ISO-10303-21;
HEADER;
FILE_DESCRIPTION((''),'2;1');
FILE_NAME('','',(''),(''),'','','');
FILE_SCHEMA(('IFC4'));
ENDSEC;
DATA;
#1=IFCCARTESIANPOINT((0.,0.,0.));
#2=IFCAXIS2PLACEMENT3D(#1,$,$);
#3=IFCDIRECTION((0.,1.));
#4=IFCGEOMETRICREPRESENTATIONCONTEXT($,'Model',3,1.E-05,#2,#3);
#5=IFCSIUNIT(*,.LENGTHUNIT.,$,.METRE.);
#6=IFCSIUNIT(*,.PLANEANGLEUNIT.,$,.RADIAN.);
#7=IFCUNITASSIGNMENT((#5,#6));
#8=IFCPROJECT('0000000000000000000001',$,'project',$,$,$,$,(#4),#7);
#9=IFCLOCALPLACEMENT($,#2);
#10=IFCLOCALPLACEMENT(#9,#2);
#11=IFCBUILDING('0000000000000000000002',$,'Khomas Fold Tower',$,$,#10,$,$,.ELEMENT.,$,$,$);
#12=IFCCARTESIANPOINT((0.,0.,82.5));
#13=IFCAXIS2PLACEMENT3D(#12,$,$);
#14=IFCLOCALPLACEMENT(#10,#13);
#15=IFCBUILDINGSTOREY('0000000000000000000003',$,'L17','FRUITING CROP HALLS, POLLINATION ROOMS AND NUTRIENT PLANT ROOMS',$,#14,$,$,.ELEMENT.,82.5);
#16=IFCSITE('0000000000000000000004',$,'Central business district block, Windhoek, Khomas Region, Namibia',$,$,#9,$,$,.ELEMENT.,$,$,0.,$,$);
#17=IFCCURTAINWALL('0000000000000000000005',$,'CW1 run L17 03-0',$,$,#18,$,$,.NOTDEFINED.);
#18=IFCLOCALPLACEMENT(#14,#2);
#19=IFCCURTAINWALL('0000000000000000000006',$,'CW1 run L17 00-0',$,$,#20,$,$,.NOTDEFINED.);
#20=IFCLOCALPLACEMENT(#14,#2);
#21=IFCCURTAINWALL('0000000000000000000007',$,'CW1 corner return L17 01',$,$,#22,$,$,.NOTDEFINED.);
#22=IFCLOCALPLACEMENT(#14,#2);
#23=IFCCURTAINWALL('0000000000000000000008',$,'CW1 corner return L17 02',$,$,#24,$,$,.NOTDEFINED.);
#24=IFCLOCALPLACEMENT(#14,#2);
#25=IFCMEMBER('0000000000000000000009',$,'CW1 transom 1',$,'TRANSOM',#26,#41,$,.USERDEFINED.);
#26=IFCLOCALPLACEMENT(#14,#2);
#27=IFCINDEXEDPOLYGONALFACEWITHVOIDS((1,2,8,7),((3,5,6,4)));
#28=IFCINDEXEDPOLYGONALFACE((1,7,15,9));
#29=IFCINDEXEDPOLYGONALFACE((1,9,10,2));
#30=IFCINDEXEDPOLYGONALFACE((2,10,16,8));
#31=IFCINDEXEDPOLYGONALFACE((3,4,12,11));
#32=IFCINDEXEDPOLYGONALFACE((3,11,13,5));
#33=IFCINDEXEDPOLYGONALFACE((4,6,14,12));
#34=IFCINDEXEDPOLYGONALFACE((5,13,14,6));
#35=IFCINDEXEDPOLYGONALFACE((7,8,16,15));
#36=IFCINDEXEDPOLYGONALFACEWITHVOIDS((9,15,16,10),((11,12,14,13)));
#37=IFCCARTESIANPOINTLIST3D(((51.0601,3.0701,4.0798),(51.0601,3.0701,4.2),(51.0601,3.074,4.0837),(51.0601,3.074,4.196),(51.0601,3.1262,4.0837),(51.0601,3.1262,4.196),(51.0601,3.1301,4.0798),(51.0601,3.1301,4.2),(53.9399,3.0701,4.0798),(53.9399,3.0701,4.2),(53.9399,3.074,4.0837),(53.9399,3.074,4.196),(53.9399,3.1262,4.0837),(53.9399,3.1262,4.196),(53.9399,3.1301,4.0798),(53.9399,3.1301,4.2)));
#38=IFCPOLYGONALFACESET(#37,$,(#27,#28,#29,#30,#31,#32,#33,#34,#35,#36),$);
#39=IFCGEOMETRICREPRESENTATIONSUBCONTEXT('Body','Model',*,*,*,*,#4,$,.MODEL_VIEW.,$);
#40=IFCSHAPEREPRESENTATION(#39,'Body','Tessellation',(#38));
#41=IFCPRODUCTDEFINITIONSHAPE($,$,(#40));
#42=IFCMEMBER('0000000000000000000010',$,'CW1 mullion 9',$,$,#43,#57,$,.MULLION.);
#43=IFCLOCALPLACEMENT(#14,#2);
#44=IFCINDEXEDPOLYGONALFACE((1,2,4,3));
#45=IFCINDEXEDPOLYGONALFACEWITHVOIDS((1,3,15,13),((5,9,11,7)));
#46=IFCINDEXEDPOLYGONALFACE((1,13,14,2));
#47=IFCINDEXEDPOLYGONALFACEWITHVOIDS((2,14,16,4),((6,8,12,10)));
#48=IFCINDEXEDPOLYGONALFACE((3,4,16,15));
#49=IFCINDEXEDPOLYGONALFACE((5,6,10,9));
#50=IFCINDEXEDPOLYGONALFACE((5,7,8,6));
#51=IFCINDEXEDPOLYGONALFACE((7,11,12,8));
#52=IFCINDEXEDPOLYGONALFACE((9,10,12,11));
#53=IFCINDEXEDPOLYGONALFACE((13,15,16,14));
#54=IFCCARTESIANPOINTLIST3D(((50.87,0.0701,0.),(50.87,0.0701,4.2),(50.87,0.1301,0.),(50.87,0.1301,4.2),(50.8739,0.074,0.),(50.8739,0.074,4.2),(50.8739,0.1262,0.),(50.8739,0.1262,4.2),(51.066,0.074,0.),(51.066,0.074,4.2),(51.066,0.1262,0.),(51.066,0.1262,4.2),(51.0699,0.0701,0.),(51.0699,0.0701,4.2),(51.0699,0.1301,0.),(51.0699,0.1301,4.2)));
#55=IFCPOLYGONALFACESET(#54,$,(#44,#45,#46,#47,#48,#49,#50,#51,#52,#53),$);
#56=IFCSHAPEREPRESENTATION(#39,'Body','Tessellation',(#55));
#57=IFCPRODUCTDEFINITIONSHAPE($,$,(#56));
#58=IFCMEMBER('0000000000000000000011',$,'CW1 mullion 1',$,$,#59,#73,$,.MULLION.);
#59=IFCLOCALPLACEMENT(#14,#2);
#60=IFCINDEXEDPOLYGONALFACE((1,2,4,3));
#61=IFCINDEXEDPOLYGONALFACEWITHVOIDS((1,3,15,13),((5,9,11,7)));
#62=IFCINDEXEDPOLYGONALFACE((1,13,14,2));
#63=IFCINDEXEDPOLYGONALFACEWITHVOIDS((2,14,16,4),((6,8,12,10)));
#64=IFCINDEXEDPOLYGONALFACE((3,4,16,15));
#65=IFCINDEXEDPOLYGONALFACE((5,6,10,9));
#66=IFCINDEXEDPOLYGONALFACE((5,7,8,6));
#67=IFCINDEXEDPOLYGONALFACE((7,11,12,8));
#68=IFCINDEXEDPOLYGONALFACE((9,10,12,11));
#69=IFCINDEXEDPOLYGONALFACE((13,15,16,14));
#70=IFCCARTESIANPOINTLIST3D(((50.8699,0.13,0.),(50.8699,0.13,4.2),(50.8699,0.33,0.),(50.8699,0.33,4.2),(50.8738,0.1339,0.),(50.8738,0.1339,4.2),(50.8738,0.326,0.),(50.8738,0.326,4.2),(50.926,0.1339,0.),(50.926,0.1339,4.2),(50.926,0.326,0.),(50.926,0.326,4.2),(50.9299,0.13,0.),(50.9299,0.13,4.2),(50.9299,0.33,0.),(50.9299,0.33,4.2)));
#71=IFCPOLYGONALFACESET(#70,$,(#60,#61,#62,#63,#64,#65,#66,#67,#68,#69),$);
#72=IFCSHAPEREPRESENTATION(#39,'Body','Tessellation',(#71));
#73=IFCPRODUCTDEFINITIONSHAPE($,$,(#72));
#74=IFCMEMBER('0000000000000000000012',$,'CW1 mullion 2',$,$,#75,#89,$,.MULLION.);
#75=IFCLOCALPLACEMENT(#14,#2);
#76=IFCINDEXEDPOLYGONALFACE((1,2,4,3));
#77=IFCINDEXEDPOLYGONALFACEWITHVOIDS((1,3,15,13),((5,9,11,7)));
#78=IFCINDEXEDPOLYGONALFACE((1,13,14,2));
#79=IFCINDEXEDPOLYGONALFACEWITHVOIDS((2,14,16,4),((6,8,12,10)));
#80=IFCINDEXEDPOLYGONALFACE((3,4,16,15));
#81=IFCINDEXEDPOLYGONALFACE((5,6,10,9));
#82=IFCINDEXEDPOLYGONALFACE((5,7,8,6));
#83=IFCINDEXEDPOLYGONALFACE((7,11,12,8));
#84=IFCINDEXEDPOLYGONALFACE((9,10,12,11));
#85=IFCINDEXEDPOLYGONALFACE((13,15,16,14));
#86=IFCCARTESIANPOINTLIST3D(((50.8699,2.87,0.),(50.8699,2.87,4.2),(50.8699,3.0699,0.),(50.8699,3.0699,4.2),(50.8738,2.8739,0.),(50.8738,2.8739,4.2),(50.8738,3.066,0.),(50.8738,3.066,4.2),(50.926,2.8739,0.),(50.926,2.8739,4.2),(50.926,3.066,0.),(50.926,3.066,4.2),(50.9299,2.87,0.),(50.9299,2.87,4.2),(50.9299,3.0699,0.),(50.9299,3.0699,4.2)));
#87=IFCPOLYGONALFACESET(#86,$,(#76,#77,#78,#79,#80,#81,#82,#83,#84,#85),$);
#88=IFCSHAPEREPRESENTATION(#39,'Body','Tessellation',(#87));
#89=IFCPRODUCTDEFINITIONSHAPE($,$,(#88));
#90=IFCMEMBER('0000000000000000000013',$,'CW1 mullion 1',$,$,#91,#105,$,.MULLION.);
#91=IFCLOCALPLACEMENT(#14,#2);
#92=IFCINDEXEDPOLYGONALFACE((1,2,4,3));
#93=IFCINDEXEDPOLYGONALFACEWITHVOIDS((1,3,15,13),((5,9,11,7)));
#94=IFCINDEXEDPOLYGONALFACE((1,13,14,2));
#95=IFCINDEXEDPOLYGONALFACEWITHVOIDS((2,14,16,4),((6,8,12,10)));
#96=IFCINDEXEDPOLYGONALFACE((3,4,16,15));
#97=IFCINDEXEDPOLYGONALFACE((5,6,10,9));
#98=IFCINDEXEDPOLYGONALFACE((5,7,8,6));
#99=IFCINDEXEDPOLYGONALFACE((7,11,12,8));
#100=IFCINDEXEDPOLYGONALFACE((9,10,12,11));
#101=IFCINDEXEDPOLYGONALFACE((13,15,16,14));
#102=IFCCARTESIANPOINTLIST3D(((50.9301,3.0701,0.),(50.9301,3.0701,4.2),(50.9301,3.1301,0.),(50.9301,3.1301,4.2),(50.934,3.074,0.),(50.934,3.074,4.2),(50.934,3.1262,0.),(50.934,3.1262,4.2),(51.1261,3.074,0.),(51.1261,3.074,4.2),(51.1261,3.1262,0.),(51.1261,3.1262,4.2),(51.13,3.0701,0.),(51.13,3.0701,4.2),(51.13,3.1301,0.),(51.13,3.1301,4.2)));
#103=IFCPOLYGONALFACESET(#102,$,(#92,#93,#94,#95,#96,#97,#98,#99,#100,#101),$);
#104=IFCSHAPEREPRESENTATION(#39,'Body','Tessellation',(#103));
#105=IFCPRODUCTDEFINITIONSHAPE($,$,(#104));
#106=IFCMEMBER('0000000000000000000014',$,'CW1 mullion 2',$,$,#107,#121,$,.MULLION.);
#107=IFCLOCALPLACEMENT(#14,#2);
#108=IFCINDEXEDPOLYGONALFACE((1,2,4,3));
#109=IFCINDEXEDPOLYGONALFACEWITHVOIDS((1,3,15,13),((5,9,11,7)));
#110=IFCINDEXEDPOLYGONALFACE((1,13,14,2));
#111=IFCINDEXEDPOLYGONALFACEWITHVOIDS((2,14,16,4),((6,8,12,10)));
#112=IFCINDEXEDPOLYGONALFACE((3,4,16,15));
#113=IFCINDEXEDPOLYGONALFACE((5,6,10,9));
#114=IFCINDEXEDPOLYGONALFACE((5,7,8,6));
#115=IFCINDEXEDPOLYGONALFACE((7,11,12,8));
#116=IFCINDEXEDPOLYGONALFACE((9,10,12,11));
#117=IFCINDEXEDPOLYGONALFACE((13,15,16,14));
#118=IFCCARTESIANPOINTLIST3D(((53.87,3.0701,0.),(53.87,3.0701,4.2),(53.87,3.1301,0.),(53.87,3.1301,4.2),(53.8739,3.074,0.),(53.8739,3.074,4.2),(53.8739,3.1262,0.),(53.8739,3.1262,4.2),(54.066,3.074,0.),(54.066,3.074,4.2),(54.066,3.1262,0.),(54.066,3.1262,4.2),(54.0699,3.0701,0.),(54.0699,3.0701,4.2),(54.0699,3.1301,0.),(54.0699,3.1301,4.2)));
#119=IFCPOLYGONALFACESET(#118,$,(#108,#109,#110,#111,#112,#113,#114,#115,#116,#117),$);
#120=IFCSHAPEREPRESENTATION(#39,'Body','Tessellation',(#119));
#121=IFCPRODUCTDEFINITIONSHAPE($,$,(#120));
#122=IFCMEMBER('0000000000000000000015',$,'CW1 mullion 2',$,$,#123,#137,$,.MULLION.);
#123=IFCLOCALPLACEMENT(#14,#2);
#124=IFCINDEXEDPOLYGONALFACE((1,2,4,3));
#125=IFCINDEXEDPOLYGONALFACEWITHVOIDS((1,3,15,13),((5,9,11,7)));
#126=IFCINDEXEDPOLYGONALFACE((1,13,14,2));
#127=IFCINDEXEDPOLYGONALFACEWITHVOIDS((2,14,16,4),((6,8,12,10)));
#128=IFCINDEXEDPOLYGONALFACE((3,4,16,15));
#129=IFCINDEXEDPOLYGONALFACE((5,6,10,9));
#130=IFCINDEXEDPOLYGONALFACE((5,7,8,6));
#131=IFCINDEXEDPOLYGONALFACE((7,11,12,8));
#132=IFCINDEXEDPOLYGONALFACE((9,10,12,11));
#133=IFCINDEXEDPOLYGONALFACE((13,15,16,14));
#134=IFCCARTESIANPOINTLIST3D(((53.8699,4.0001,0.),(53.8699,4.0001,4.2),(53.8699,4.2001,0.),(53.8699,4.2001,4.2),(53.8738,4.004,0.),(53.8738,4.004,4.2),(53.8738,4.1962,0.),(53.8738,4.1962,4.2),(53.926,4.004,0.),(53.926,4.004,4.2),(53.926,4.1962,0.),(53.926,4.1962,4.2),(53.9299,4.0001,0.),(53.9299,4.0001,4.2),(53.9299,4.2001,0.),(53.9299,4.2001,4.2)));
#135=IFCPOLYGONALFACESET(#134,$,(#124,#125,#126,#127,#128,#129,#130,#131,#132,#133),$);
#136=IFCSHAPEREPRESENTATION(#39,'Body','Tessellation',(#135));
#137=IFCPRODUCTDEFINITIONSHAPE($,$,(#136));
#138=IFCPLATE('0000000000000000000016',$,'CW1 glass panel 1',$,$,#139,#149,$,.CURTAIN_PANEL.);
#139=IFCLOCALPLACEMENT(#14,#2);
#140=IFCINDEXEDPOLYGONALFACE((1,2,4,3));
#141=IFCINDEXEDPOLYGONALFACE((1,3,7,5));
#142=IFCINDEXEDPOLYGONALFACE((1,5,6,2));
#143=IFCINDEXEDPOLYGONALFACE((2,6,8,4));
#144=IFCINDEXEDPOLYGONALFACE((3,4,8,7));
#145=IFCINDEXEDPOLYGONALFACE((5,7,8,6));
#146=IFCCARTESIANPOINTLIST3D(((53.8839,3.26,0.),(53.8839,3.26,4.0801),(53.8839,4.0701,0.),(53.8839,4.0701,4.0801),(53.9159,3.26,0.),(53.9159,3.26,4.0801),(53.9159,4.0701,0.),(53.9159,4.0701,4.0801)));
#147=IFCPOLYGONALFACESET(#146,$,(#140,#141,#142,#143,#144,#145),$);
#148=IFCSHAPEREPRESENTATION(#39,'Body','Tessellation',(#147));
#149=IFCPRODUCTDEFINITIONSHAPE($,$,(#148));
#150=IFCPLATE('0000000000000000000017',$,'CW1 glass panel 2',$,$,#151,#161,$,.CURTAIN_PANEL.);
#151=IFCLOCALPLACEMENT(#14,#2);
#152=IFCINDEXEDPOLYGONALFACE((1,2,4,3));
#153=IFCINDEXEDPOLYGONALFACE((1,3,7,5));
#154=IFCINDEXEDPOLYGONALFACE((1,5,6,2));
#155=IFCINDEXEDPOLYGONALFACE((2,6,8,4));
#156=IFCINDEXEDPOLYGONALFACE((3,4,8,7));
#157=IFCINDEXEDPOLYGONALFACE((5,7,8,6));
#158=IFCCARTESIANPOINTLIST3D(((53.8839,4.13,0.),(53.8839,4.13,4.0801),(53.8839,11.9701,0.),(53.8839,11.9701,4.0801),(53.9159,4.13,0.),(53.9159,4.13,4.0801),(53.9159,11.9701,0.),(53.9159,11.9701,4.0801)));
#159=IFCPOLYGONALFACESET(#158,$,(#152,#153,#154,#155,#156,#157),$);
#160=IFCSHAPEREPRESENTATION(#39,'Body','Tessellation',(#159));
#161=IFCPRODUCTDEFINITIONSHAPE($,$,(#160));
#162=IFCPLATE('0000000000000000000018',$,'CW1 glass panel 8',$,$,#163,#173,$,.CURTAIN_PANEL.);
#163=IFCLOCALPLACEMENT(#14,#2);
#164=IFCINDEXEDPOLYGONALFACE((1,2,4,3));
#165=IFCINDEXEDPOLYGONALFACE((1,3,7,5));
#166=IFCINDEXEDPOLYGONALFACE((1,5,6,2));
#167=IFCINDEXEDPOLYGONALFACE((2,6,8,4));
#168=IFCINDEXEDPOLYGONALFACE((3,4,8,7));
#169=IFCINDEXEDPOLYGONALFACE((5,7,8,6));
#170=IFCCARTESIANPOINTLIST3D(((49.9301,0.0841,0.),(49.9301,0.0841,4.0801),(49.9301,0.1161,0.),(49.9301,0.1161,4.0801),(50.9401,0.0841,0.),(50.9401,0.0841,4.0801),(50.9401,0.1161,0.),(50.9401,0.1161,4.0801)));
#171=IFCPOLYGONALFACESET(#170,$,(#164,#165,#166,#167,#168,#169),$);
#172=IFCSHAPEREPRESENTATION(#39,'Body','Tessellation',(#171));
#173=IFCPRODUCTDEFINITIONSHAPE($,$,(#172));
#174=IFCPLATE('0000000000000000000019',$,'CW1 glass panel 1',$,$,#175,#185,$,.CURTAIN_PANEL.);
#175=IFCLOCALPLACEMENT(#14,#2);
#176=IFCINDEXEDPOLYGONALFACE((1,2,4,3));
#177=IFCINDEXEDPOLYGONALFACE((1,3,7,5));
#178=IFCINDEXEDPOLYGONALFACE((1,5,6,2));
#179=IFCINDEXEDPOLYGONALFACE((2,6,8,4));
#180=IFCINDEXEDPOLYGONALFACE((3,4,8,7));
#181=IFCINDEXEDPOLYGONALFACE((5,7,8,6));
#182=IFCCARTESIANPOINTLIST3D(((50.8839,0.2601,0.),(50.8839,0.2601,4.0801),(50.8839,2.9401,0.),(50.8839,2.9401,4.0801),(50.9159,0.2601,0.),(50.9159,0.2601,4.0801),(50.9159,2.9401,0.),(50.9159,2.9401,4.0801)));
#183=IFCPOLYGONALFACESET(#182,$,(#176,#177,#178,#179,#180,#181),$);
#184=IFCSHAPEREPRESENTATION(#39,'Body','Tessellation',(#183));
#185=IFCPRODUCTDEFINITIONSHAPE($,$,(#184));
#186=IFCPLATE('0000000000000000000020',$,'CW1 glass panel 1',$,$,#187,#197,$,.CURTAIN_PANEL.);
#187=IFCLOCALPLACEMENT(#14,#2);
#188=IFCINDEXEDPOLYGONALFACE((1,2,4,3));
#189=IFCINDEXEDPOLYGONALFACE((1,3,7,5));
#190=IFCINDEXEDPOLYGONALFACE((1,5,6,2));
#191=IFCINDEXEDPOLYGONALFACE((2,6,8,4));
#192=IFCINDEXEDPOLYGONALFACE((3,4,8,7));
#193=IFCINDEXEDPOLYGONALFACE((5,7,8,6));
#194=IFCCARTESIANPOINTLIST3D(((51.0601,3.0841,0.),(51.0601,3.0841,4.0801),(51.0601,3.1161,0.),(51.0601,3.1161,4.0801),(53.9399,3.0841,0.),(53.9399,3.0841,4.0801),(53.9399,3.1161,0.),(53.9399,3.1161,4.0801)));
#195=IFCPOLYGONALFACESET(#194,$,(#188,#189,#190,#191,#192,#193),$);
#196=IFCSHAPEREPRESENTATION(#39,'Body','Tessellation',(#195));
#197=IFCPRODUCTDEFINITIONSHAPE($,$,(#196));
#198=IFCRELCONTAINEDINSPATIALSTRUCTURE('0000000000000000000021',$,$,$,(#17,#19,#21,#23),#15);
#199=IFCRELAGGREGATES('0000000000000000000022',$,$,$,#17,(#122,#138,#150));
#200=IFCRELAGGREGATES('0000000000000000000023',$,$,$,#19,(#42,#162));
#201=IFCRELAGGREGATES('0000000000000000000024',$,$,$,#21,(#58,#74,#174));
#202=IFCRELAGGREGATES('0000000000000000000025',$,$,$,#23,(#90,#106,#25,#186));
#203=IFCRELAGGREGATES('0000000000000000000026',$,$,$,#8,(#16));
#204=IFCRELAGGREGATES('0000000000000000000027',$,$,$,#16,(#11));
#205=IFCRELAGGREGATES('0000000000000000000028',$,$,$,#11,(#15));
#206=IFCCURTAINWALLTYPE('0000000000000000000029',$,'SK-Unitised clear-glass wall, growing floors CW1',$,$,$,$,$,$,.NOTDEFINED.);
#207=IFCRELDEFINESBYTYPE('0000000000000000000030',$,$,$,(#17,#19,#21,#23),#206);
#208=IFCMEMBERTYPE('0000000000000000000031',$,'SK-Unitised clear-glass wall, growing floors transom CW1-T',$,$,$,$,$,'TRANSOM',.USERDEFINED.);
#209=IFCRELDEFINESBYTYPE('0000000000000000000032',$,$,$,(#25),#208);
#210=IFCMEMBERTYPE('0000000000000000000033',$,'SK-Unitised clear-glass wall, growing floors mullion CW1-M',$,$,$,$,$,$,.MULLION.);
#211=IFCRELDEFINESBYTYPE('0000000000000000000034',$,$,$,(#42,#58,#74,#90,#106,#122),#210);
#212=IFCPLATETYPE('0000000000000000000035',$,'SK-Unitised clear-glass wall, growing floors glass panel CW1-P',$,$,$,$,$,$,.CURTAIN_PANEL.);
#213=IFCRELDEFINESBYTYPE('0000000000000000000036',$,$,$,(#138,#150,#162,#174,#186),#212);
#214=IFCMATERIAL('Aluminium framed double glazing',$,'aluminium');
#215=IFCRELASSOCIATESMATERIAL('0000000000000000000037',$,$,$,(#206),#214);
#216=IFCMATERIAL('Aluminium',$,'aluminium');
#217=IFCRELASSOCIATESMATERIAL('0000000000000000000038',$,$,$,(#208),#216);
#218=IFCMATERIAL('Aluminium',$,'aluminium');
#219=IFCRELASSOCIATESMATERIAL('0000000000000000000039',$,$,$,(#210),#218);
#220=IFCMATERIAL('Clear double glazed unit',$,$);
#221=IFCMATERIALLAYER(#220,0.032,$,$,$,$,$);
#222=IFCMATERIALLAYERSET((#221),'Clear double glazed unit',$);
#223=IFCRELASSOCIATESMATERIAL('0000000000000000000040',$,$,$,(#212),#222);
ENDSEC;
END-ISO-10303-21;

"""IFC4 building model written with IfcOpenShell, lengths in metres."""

from ifc_helpers import new_model, si_unit, direction, frame, origin, origin_2d, place, context, subcontext, project, spatial, rectangle, hollow_rectangle, extrude, source, transform, mapped, material, layer, layer_set, material_profile, profile_set, type_object, element, aggregate, save


model = new_model("IFC4")

# Units and contexts
model_context = context("Model", 3, precision=1e-05, world=origin(), true_north=direction((0.0, 1.0)))
body_context = subcontext(model_context, "Body", "Model", "MODEL_VIEW")
ifc_project = project(units=[si_unit("LENGTHUNIT", "METRE"), si_unit("PLANEANGLEUNIT", "RADIAN")], contexts=[model_context])

# Site, building, storey
site_placement = place(None, origin())
site = spatial("IfcSite", under=ifc_project, at=site_placement, Name="Central business district block, Windhoek, Khomas Region, Namibia", CompositionType="ELEMENT", RefElevation=0.0)
building_placement = place(site_placement, origin())
building = spatial("IfcBuilding", under=site, at=building_placement, Name="Khomas Fold Tower", CompositionType="ELEMENT")
storey_placement = place(building_placement, frame((0.0, 0.0, 82.5)))
storey = spatial("IfcBuildingStorey", under=building, at=storey_placement, Name="L17", Description="FRUITING CROP HALLS, POLLINATION ROOMS AND NUTRIENT PLANT ROOMS", CompositionType="ELEMENT", Elevation=82.5)

# Curtain wall
ifc_material_1 = material(Name="Aluminium framed double glazing", Category="aluminium")
curtain_wall_type = type_object("IfcCurtainWallType", Name="SK-Unitised clear-glass wall, growing floors CW1", PredefinedType="NOTDEFINED", material=ifc_material_1)
curtain_wall_1_placement = place(storey_placement, origin())
curtain_wall_1 = element("IfcCurtainWall", 1, at=curtain_wall_1_placement, inside=storey, type_object=curtain_wall_type, Name="CW1 run L17 03-0", PredefinedType="NOTDEFINED")
ifc_material_2 = material(Name="Aluminium", Category="aluminium")
ifc_material_profile_1 = material_profile(ifc_material_2, hollow_rectangle(XDim=0.0601, YDim=0.1201, WallThickness=0.0039, at=origin_2d()), Name="SK-Unitised clear-glass wall, growing floors transom CW1-T")
ifc_profile_set_1 = profile_set([ifc_material_profile_1], Name="Aluminium")
member_type_1 = type_object("IfcMemberType", Name="SK-Unitised clear-glass wall, growing floors transom CW1-T", ElementType="TRANSOM", PredefinedType="USERDEFINED", material=ifc_profile_set_1)

# Curtain walls, member
curtain_wall_2_placement = place(storey_placement, origin())
curtain_wall_2 = element("IfcCurtainWall", 2, at=curtain_wall_2_placement, inside=storey, type_object=curtain_wall_type, Name="CW1 run L17 00-0", PredefinedType="NOTDEFINED")
curtain_wall_3_placement = place(storey_placement, origin())
curtain_wall_3 = element("IfcCurtainWall", 3, at=curtain_wall_3_placement, inside=storey, type_object=curtain_wall_type, Name="CW1 corner return L17 01", PredefinedType="NOTDEFINED")
curtain_wall_4_placement = place(storey_placement, origin())
curtain_wall_4 = element("IfcCurtainWall", 4, at=curtain_wall_4_placement, inside=storey, type_object=curtain_wall_type, Name="CW1 corner return L17 02", PredefinedType="NOTDEFINED")
shared_shape_1 = source(origin(), body_context, "Body", "SweptSolid", [
    extrude(hollow_rectangle(XDim=0.0601, YDim=0.1201, WallThickness=0.0039, at=origin_2d()), origin(), (0.0, 0.0, 1.0), 2.8799),
])
member_1_placement = place(storey_placement, frame((51.0601, 3.1001, 4.1399), z_axis=(1.0, 0.0, 0.0), x_axis=(0.0, 1.0, 0.0)))
member_1 = element("IfcMember", 5, at=member_1_placement, type_object=member_type_1, Name="CW1 transom 1", ObjectType="TRANSOM", PredefinedType="USERDEFINED", context=body_context, shape_type="MappedRepresentation", body=[
    mapped(shared_shape_1, transform((0.0, 0.0, 0.0))),
])

# Members
ifc_material_3 = material(Name="Aluminium", Category="aluminium")
ifc_material_profile_2 = material_profile(ifc_material_3, hollow_rectangle(XDim=0.0601, YDim=0.2, WallThickness=0.0039, at=origin_2d()), Name="SK-Unitised clear-glass wall, growing floors mullion CW1-M")
ifc_profile_set_2 = profile_set([ifc_material_profile_2], Name="Aluminium")
member_type_2 = type_object("IfcMemberType", Name="SK-Unitised clear-glass wall, growing floors mullion CW1-M", PredefinedType="MULLION", material=ifc_profile_set_2)
shared_shape_2 = source(origin(), body_context, "Body", "SweptSolid", [
    extrude(hollow_rectangle(XDim=0.0601, YDim=0.2, WallThickness=0.0039, at=origin_2d()), origin(), (0.0, 0.0, 1.0), 4.2),
])
member_2_placement = place(storey_placement, frame((50.97, 0.1001, 0.0), z_axis=(0.0, 0.0, 1.0), x_axis=(0.0, 1.0, 0.0)))
member_2 = element("IfcMember", 6, at=member_2_placement, type_object=member_type_2, Name="CW1 mullion 9", PredefinedType="MULLION", context=body_context, shape_type="MappedRepresentation", body=[
    mapped(shared_shape_2, transform((0.0, 0.0, 0.0))),
])
member_3_placement = place(storey_placement, frame((50.8999, 0.23, 0.0), z_axis=(0.0, 0.0, 1.0), x_axis=(-1.0, 0.0, 0.0)))
member_3 = element("IfcMember", 7, at=member_3_placement, type_object=member_type_2, Name="CW1 mullion 1", PredefinedType="MULLION", context=body_context, shape_type="MappedRepresentation", body=[
    mapped(shared_shape_2, transform((0.0, 0.0, 0.0))),
])
member_4_placement = place(storey_placement, frame((50.8999, 2.97, 0.0), z_axis=(0.0, 0.0, 1.0), x_axis=(-1.0, 0.0, 0.0)))
member_4 = element("IfcMember", 8, at=member_4_placement, type_object=member_type_2, Name="CW1 mullion 2", PredefinedType="MULLION", context=body_context, shape_type="MappedRepresentation", body=[
    mapped(shared_shape_2, transform((0.0, 0.0, 0.0))),
])
member_5_placement = place(storey_placement, frame((51.03, 3.1001, 0.0), z_axis=(0.0, 0.0, 1.0), x_axis=(0.0, 1.0, 0.0)))
member_5 = element("IfcMember", 9, at=member_5_placement, type_object=member_type_2, Name="CW1 mullion 1", PredefinedType="MULLION", context=body_context, shape_type="MappedRepresentation", body=[
    mapped(shared_shape_2, transform((0.0, 0.0, 0.0))),
])
member_6_placement = place(storey_placement, frame((53.97, 3.1001, 0.0), z_axis=(0.0, 0.0, 1.0), x_axis=(0.0, 1.0, 0.0)))
member_6 = element("IfcMember", 10, at=member_6_placement, type_object=member_type_2, Name="CW1 mullion 2", PredefinedType="MULLION", context=body_context, shape_type="MappedRepresentation", body=[
    mapped(shared_shape_2, transform((0.0, 0.0, 0.0))),
])
member_7_placement = place(storey_placement, frame((53.8999, 4.1001, 0.0), z_axis=(0.0, 0.0, 1.0), x_axis=(-1.0, 0.0, 0.0)))
member_7 = element("IfcMember", 11, at=member_7_placement, type_object=member_type_2, Name="CW1 mullion 2", PredefinedType="MULLION", context=body_context, shape_type="MappedRepresentation", body=[
    mapped(shared_shape_2, transform((0.0, 0.0, 0.0))),
])

# Plates
ifc_material_4 = material(Name="Clear double glazed unit")
ifc_layer = layer(ifc_material_4, 0.032)
ifc_layer_set = layer_set([ifc_layer], Name="Clear double glazed unit")
plate_type = type_object("IfcPlateType", Name="SK-Unitised clear-glass wall, growing floors glass panel CW1-P", PredefinedType="CURTAIN_PANEL", material=ifc_layer_set)
shared_shape_3 = source(origin(), body_context, "Body", "SweptSolid", [
    extrude(rectangle(XDim=0.8101, YDim=0.032, at=origin_2d()), origin(), (0.0, 0.0, 1.0), 4.0801),
])
plate_1_placement = place(storey_placement, frame((53.8999, 3.665, 0.0), z_axis=(0.0, 0.0, 1.0), x_axis=(0.0, 1.0, 0.0)))
plate_1 = element("IfcPlate", 12, at=plate_1_placement, type_object=plate_type, Name="CW1 glass panel 1", PredefinedType="CURTAIN_PANEL", context=body_context, shape_type="MappedRepresentation", body=[
    mapped(shared_shape_3, transform((0.0, 0.0, 0.0))),
])
shared_shape_4 = source(origin(), body_context, "Body", "SweptSolid", [
    extrude(rectangle(XDim=7.8401, YDim=0.032, at=origin_2d()), origin(), (0.0, 0.0, 1.0), 4.0801),
])
plate_2_placement = place(storey_placement, frame((53.8999, 8.05, 0.0), z_axis=(0.0, 0.0, 1.0), x_axis=(0.0, 1.0, 0.0)))
plate_2 = element("IfcPlate", 13, at=plate_2_placement, type_object=plate_type, Name="CW1 glass panel 2", PredefinedType="CURTAIN_PANEL", context=body_context, shape_type="MappedRepresentation", body=[
    mapped(shared_shape_4, transform((0.0, 0.0, 0.0))),
])
aggregate(curtain_wall_1, [member_7, plate_1, plate_2])
shared_shape_5 = source(origin(), body_context, "Body", "SweptSolid", [
    extrude(rectangle(XDim=1.01, YDim=0.032, at=origin_2d()), origin(), (0.0, 0.0, 1.0), 4.0801),
])
plate_3_placement = place(storey_placement, frame((50.4351, 0.1001, 0.0), z_axis=(0.0, 0.0, 1.0), x_axis=(1.0, 0.0, 0.0)))
plate_3 = element("IfcPlate", 14, at=plate_3_placement, type_object=plate_type, Name="CW1 glass panel 8", PredefinedType="CURTAIN_PANEL", context=body_context, shape_type="MappedRepresentation", body=[
    mapped(shared_shape_5, transform((0.0, 0.0, 0.0))),
])
aggregate(curtain_wall_2, [member_2, plate_3])
shared_shape_6 = source(origin(), body_context, "Body", "SweptSolid", [
    extrude(rectangle(XDim=2.6799, YDim=0.032, at=origin_2d()), origin(), (0.0, 0.0, 1.0), 4.0801),
])
plate_4_placement = place(storey_placement, frame((50.8999, 1.6001, 0.0), z_axis=(0.0, 0.0, 1.0), x_axis=(0.0, 1.0, 0.0)))
plate_4 = element("IfcPlate", 15, at=plate_4_placement, type_object=plate_type, Name="CW1 glass panel 1", PredefinedType="CURTAIN_PANEL", context=body_context, shape_type="MappedRepresentation", body=[
    mapped(shared_shape_6, transform((0.0, 0.0, 0.0))),
])
aggregate(curtain_wall_3, [member_3, member_4, plate_4])
shared_shape_7 = source(origin(), body_context, "Body", "SweptSolid", [
    extrude(rectangle(XDim=2.8799, YDim=0.032, at=origin_2d()), origin(), (0.0, 0.0, 1.0), 4.0801),
])
plate_5_placement = place(storey_placement, frame((52.5, 3.1001, 0.0), z_axis=(0.0, 0.0, 1.0), x_axis=(1.0, 0.0, 0.0)))
plate_5 = element("IfcPlate", 16, at=plate_5_placement, type_object=plate_type, Name="CW1 glass panel 1", PredefinedType="CURTAIN_PANEL", context=body_context, shape_type="MappedRepresentation", body=[
    mapped(shared_shape_7, transform((0.0, 0.0, 0.0))),
])
aggregate(curtain_wall_4, [member_5, member_6, member_1, plate_5])

save(model, "model.ifc")
